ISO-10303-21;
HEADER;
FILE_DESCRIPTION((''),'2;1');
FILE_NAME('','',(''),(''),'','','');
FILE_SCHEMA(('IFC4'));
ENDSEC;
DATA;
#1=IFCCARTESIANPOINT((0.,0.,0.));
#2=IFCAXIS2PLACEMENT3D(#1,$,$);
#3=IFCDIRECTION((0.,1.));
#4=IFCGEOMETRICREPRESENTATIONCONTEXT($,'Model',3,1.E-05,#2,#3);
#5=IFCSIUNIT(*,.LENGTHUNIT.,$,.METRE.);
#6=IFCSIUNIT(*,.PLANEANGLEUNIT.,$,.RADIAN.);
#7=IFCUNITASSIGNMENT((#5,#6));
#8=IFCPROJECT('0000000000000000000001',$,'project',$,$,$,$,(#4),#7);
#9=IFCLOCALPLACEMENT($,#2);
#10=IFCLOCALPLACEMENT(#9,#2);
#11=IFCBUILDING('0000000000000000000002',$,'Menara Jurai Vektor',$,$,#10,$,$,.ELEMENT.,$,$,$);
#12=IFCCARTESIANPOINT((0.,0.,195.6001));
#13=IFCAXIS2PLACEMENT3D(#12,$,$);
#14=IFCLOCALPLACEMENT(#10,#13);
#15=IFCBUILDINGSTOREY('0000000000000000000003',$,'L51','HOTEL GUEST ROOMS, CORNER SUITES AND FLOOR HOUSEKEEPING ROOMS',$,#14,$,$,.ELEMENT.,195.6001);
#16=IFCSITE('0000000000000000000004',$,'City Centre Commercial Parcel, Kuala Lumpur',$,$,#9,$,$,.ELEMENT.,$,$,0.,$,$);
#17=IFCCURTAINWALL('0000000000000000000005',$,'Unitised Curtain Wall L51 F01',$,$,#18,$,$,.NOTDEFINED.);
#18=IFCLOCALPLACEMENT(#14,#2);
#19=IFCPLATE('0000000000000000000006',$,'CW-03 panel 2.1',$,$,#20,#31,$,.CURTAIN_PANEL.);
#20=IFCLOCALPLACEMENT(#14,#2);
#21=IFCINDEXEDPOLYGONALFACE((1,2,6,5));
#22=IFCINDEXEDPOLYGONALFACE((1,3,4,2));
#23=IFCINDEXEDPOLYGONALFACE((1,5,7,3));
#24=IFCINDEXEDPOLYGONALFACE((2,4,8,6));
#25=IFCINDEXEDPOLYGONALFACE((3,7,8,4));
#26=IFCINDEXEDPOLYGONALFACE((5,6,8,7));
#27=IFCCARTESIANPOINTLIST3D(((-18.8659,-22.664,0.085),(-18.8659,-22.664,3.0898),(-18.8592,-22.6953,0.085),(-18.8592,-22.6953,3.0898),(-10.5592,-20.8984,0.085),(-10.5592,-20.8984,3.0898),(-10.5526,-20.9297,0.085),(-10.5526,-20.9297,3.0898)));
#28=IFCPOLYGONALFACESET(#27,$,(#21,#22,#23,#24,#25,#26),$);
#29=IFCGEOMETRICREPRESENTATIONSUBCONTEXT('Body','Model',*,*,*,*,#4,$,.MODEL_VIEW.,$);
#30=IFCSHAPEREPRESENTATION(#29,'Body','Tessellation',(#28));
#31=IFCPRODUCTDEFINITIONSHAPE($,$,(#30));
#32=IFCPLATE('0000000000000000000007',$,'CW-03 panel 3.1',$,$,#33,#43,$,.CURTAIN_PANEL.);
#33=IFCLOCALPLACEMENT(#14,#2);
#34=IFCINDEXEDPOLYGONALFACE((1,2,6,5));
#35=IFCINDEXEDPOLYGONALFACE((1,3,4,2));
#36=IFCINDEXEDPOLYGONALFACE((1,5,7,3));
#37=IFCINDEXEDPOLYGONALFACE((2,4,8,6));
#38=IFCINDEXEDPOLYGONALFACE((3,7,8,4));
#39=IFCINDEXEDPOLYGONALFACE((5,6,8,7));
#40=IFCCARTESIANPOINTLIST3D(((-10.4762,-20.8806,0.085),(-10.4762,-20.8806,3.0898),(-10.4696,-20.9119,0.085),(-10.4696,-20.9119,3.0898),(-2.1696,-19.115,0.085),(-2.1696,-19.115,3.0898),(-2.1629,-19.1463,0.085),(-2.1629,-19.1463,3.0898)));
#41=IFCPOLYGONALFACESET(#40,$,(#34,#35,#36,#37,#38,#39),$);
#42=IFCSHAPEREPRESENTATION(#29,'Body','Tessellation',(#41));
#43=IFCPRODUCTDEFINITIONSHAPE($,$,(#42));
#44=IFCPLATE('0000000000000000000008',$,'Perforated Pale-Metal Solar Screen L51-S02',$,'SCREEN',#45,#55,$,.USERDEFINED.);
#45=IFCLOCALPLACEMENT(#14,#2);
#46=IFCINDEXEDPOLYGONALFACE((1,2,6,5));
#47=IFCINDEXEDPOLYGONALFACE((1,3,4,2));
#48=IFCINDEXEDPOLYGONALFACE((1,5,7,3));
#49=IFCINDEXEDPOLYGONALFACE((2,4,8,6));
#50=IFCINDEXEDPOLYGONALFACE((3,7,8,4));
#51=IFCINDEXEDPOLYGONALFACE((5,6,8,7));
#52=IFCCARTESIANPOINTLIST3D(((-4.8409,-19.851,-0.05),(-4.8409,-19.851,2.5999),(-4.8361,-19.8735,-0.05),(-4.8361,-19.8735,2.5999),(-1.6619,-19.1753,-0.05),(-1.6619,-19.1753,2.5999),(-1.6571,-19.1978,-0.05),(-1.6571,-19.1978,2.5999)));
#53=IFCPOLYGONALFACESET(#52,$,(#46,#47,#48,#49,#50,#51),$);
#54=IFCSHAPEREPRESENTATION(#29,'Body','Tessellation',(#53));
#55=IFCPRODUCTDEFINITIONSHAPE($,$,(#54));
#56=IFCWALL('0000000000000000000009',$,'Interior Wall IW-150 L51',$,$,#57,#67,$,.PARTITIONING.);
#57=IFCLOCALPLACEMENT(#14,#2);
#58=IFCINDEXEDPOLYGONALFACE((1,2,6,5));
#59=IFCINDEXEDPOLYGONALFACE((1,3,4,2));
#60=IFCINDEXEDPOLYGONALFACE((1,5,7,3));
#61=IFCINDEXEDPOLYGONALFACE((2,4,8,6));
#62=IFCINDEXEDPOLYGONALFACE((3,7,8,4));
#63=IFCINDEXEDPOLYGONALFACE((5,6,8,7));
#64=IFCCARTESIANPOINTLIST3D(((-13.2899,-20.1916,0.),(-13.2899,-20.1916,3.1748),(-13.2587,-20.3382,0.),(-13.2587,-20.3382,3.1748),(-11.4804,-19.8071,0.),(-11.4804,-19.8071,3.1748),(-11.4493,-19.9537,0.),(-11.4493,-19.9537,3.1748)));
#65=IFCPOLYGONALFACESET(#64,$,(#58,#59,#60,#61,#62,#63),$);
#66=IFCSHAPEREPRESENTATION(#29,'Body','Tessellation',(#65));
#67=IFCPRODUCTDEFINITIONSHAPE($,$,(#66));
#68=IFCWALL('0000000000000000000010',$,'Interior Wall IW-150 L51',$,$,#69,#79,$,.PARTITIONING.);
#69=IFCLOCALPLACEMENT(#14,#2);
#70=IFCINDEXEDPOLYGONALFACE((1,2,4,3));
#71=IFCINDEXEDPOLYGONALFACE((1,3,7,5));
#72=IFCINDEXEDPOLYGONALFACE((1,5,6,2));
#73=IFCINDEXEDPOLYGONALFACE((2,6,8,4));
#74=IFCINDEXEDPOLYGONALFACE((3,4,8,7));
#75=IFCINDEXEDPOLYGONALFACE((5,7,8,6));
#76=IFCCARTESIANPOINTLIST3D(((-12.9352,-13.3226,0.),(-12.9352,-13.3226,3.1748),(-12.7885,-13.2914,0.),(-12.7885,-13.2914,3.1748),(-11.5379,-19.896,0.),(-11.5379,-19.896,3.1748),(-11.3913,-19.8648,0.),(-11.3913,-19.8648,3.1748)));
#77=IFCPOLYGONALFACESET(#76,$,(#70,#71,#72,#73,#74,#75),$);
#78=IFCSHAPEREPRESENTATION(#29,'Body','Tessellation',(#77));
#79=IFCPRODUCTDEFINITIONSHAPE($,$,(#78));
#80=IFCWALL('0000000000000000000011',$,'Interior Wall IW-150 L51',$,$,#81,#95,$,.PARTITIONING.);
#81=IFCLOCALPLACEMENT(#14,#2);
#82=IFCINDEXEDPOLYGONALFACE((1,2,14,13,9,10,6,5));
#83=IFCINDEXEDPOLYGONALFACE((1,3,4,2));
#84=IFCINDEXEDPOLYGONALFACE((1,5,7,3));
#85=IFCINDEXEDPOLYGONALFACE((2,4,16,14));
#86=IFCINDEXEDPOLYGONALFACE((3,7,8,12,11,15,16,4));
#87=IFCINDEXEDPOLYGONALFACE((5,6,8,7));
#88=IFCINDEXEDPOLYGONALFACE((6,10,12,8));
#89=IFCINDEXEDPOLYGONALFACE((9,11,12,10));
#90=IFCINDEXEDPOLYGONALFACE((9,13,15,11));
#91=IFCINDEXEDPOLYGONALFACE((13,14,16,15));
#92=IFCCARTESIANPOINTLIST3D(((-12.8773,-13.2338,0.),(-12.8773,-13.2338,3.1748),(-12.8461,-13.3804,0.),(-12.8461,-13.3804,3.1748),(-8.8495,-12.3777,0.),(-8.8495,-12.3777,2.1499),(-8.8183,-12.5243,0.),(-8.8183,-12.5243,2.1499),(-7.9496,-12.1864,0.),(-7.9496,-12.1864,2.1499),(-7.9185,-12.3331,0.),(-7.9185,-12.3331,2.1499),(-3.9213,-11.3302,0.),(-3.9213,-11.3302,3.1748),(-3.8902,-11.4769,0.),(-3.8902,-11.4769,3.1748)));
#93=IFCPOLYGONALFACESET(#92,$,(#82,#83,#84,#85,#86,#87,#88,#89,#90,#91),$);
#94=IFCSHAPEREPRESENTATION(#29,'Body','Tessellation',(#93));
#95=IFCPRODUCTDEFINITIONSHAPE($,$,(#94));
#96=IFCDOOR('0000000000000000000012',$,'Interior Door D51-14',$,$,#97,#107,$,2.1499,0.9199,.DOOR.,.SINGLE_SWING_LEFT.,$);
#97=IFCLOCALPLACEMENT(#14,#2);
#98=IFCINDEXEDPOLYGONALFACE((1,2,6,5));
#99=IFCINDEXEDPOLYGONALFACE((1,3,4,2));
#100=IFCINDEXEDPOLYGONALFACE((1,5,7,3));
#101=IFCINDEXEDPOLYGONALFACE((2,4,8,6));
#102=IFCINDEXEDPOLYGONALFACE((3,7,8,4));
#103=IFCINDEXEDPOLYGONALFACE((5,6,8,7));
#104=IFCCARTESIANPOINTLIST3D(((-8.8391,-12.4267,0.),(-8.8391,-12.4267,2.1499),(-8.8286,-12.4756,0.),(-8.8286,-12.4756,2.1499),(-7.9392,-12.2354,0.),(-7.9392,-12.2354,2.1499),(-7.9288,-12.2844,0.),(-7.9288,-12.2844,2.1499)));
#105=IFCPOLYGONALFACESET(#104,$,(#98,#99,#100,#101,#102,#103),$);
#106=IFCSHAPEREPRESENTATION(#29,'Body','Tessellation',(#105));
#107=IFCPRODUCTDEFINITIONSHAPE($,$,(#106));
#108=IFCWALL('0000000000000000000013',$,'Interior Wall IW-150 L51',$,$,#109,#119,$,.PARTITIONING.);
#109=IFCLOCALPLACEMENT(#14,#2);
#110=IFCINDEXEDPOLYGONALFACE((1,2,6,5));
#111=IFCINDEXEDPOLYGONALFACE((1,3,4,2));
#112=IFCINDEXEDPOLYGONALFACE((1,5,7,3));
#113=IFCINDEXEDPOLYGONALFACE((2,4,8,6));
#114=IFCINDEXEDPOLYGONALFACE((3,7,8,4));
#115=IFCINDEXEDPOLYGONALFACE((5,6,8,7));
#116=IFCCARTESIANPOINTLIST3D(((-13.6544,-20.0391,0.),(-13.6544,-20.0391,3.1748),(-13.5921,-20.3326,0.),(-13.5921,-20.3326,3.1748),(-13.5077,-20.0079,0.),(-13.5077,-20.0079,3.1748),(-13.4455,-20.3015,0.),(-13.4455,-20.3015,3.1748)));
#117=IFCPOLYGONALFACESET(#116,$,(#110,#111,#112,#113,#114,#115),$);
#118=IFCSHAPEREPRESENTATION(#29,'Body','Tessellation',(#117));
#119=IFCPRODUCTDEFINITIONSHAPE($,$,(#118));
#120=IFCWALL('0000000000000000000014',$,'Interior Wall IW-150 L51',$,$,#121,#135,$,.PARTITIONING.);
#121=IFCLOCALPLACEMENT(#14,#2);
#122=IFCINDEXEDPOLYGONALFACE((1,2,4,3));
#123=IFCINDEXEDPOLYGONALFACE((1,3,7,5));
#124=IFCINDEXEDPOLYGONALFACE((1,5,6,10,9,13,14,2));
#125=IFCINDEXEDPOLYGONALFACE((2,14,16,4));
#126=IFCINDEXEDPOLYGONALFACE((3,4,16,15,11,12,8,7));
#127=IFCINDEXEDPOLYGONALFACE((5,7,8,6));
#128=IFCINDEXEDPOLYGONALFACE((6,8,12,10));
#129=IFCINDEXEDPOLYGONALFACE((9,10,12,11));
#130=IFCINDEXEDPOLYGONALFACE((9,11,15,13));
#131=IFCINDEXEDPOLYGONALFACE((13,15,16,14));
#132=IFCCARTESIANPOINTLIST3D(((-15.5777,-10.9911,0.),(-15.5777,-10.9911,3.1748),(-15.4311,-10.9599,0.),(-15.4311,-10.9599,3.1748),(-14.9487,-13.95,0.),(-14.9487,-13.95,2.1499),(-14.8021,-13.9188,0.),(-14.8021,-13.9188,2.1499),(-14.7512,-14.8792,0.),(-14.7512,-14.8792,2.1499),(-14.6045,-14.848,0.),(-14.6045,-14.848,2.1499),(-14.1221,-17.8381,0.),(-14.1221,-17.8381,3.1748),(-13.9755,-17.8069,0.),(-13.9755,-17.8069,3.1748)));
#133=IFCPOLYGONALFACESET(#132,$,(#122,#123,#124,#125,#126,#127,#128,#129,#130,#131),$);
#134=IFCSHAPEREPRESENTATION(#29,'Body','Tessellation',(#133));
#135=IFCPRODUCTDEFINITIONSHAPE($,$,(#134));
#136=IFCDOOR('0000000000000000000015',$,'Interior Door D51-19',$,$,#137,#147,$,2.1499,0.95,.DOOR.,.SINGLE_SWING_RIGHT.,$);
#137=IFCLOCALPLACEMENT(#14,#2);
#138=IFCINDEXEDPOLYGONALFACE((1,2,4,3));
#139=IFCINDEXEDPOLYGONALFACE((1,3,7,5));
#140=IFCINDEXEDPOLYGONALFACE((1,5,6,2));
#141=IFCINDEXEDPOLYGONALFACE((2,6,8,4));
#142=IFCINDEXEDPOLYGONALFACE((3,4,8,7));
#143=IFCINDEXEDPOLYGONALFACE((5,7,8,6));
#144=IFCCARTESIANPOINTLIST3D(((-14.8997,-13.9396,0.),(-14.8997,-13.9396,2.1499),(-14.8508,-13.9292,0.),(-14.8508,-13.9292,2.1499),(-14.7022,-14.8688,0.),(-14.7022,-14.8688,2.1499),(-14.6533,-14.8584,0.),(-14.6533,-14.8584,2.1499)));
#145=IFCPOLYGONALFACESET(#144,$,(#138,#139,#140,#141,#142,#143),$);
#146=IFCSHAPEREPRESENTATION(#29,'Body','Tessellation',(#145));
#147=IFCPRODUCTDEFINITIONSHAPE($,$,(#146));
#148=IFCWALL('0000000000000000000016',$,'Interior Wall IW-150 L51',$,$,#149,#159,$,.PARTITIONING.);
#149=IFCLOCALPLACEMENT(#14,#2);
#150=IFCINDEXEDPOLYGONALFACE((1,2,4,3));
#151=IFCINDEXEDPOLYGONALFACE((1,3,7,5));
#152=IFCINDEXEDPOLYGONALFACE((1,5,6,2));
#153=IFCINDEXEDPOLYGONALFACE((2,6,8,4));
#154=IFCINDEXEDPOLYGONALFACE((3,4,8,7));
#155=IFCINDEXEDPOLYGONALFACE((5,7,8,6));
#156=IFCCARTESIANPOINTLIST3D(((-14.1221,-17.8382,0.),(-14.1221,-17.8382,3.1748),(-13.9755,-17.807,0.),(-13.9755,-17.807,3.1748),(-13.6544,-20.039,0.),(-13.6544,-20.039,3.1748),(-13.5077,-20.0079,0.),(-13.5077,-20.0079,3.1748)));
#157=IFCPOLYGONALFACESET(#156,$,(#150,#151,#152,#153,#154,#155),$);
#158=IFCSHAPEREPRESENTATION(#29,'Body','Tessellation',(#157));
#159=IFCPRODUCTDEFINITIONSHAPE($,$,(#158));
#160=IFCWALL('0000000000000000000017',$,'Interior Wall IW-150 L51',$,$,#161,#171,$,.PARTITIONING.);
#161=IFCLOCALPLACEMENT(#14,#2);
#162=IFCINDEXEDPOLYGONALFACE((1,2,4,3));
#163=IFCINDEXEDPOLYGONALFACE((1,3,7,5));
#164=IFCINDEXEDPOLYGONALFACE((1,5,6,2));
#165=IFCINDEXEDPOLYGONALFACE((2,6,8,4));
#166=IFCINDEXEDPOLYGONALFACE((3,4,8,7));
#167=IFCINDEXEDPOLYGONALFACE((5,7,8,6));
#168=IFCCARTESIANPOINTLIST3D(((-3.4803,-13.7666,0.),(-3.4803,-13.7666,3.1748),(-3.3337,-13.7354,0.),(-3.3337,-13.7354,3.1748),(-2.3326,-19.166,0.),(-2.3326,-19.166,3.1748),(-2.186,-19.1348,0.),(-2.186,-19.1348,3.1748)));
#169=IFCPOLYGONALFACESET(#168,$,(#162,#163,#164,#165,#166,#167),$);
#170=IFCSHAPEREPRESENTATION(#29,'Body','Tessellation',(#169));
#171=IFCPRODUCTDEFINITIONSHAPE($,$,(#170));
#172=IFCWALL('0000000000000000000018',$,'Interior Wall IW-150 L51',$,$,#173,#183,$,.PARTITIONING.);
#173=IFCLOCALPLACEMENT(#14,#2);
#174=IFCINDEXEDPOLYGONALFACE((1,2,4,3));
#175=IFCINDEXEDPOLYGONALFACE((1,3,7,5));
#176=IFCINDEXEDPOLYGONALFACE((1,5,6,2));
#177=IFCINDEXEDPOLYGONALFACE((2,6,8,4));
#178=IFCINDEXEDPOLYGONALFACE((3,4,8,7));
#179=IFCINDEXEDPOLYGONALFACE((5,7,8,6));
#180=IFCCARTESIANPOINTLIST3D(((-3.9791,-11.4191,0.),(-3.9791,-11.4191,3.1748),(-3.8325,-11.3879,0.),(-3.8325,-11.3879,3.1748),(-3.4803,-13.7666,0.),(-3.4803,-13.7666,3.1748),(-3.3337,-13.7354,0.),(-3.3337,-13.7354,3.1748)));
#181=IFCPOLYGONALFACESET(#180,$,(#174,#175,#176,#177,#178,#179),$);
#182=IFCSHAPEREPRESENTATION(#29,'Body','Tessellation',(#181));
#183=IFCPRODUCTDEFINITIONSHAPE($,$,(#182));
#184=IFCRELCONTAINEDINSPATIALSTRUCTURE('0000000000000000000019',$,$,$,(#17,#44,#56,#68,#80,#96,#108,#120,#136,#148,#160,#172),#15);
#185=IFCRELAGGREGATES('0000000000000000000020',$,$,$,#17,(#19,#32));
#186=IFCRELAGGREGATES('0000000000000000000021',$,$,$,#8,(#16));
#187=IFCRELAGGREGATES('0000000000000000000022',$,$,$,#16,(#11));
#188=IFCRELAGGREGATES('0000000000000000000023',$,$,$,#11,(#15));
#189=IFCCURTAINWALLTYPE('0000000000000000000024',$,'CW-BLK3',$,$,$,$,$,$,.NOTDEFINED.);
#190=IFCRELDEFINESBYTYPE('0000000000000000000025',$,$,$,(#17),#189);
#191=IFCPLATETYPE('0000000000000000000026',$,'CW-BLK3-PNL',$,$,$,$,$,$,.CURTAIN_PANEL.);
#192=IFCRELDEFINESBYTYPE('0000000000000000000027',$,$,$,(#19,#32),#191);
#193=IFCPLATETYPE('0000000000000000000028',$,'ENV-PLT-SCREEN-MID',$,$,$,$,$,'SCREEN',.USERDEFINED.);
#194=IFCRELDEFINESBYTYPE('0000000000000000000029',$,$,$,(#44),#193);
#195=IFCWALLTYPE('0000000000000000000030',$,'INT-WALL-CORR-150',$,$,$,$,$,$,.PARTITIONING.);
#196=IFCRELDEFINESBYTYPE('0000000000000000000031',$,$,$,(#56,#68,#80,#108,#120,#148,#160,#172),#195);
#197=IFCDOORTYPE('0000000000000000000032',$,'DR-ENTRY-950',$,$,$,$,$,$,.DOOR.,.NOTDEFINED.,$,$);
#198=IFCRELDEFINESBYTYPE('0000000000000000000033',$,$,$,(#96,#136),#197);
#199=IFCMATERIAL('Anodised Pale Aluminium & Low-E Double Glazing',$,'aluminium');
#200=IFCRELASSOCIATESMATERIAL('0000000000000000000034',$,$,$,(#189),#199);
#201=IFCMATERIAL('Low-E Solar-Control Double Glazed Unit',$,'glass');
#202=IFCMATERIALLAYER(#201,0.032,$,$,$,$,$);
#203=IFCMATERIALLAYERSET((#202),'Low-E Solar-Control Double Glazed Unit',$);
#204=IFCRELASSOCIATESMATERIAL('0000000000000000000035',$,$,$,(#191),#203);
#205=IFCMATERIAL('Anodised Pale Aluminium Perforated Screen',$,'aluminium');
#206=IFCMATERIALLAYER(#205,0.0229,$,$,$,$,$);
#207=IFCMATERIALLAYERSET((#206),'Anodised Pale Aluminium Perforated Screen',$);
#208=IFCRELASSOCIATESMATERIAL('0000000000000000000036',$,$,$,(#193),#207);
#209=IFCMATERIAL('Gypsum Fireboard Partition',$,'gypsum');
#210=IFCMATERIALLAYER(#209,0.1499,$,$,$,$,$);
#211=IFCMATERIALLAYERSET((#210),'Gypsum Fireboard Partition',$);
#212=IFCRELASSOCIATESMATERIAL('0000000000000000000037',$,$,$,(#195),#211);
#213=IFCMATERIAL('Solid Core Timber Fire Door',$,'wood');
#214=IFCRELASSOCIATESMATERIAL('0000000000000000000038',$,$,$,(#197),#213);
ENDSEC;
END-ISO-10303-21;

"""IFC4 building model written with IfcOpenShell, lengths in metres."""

from ifc_helpers import new_model, si_unit, direction, frame, frame_2d, origin, origin_2d, place, context, subcontext, project, spatial, rectangle, extrude, material, layer, layer_set, type_object, element, fill, aggregate, save


model = new_model("IFC4")

# Units and contexts
model_context = context("Model", 3, precision=1e-05, world=origin(), true_north=direction((0.0, 1.0)))
body_context = subcontext(model_context, "Body", "Model", "MODEL_VIEW")
ifc_project = project(units=[si_unit("LENGTHUNIT", "METRE"), si_unit("PLANEANGLEUNIT", "RADIAN")], contexts=[model_context])

# Site, building, storey
site_placement = place(None, origin())
site = spatial("IfcSite", under=ifc_project, at=site_placement, Name="City Centre Commercial Parcel, Kuala Lumpur", CompositionType="ELEMENT", RefElevation=0.0)
building_placement = place(site_placement, origin())
building = spatial("IfcBuilding", under=site, at=building_placement, Name="Menara Jurai Vektor", CompositionType="ELEMENT")
storey_placement = place(building_placement, frame((0.0, 0.0, 195.6001)))
storey = spatial("IfcBuildingStorey", under=building, at=storey_placement, Name="L51", Description="HOTEL GUEST ROOMS, CORNER SUITES AND FLOOR HOUSEKEEPING ROOMS", CompositionType="ELEMENT", Elevation=195.6001)

# Curtain wall
ifc_material_1 = material(Name="Anodised Pale Aluminium & Low-E Double Glazing", Category="aluminium")
curtain_wall_type = type_object("IfcCurtainWallType", Name="CW-BLK3", PredefinedType="NOTDEFINED", material=ifc_material_1)
curtain_wall_placement = place(storey_placement, origin())
curtain_wall = element("IfcCurtainWall", 1, at=curtain_wall_placement, inside=storey, type_object=curtain_wall_type, Name="Unitised Curtain Wall L51 F01", PredefinedType="NOTDEFINED")

# Plates
ifc_material_2 = material(Name="Low-E Solar-Control Double Glazed Unit", Category="glass")
ifc_layer_1 = layer(ifc_material_2, 0.032)
ifc_layer_set_1 = layer_set([ifc_layer_1], Name="Low-E Solar-Control Double Glazed Unit")
plate_type_1 = type_object("IfcPlateType", Name="CW-BLK3-PNL", PredefinedType="CURTAIN_PANEL", material=ifc_layer_set_1)
plate_1_placement = place(storey_placement, frame((-14.7092, -21.7969, 0.085), z_axis=(0.0, 0.0, 1.0), x_axis=(0.978148, 0.207911, 0.0)))
plate_1 = element("IfcPlate", 2, at=plate_1_placement, type_object=plate_type_1, Name="CW-03 panel 2.1", PredefinedType="CURTAIN_PANEL", context=body_context, shape_type="SweptSolid", body=[
    extrude(rectangle(XDim=8.4922, YDim=0.032, at=origin_2d()), origin(), (0.0, 0.0, 1.0), 3.0049),
])
plate_2_placement = place(storey_placement, frame((-6.3196, -20.0134, 0.085), z_axis=(0.0, 0.0, 1.0), x_axis=(0.978148, 0.207911, 0.0)))
plate_2 = element("IfcPlate", 3, at=plate_2_placement, type_object=plate_type_1, Name="CW-03 panel 3.1", PredefinedType="CURTAIN_PANEL", context=body_context, shape_type="SweptSolid", body=[
    extrude(rectangle(XDim=8.4922, YDim=0.032, at=origin_2d()), origin(), (0.0, 0.0, 1.0), 3.0049),
])
aggregate(curtain_wall, [plate_1, plate_2])
ifc_material_3 = material(Name="Anodised Pale Aluminium Perforated Screen", Category="aluminium")
ifc_layer_2 = layer(ifc_material_3, 0.0229)
ifc_layer_set_2 = layer_set([ifc_layer_2], Name="Anodised Pale Aluminium Perforated Screen")
plate_type_2 = type_object("IfcPlateType", Name="ENV-PLT-SCREEN-MID", ElementType="SCREEN", PredefinedType="USERDEFINED", material=ifc_layer_set_2)
plate_3_placement = place(storey_placement, frame((-3.249, -19.5244, -0.05), z_axis=(0.0, 0.0, 1.0), x_axis=(0.978148, 0.207912, 0.0)))
element("IfcPlate", 4, at=plate_3_placement, inside=storey, type_object=plate_type_2, Name="Perforated Pale-Metal Solar Screen L51-S02", ObjectType="SCREEN", PredefinedType="USERDEFINED", context=body_context, shape_type="SweptSolid", body=[
    extrude(rectangle(XDim=3.25, YDim=0.0229, at=origin_2d()), origin(), (0.0, 0.0, 1.0), 2.6499),
])

# Walls
ifc_material_4 = material(Name="Gypsum Fireboard Partition", Category="gypsum")
ifc_layer_3 = layer(ifc_material_4, 0.1499)
ifc_layer_set_3 = layer_set([ifc_layer_3], Name="Gypsum Fireboard Partition")
wall_type = type_object("IfcWallType", Name="INT-WALL-CORR-150", PredefinedType="PARTITIONING", material=ifc_layer_set_3)
wall_1_placement = place(storey_placement, frame((-13.2742, -20.2649, 0.0), z_axis=(0.0, 0.0, 1.0), x_axis=(0.97816, 0.207852, 0.0)))
element("IfcWall", 5, at=wall_1_placement, inside=storey, type_object=wall_type, Name="Interior Wall IW-150 L51", PredefinedType="PARTITIONING", context=body_context, shape_type="SweptSolid", body=[
    extrude(rectangle(XDim=1.8499, YDim=0.1499, at=frame_2d((0.9248, 0.0))), origin(), (0.0, 0.0, 1.0), 3.1748),
])
wall_2_placement = place(storey_placement, frame((-11.4646, -19.8804, 0.0), z_axis=(0.0, 0.0, 1.0), x_axis=(-0.207916, 0.978147, 0.0)))
element("IfcWall", 6, at=wall_2_placement, inside=storey, type_object=wall_type, Name="Interior Wall IW-150 L51", PredefinedType="PARTITIONING", context=body_context, shape_type="SweptSolid", body=[
    extrude(rectangle(XDim=6.7202, YDim=0.1499, at=frame_2d((3.3601, 0.0))), origin(), (0.0, 0.0, 1.0), 3.1748),
])

# Wall, opening, door
wall_3_placement = place(storey_placement, frame((-12.8618, -13.3071, 0.0), z_axis=(0.0, 0.0, 1.0), x_axis=(0.97815, 0.207901, 0.0)))
wall_3 = element("IfcWall", 7, at=wall_3_placement, inside=storey, type_object=wall_type, Name="Interior Wall IW-150 L51", PredefinedType="PARTITIONING", context=body_context, shape_type="SweptSolid", body=[
    extrude(rectangle(XDim=9.156, YDim=0.1499, at=frame_2d((4.5781, 0.0))), origin(), (0.0, 0.0, 1.0), 3.1748),
])
opening_1_placement = place(wall_3_placement, frame((4.1179, 0.0, 0.0)))
opening_1 = element("IfcOpeningElement", 8, at=opening_1_placement, cuts=wall_3, PredefinedType="OPENING", context=body_context, shape_type="SweptSolid", body=[
    extrude(rectangle(XDim=0.9199, YDim=2.1499, at=frame_2d((0.46, 1.075))), frame((0.0, 0.085, 0.0), z_axis=(0.0, -1.0, 0.0), x_axis=(1.0, 0.0, 0.0)), (0.0, 0.0, 1.0), 0.1699),
])
ifc_material_5 = material(Name="Solid Core Timber Fire Door", Category="wood")
door_type_1 = type_object("IfcDoorType", Name="DR-ENTRY-950", OperationType="NOTDEFINED", PredefinedType="DOOR", material=ifc_material_5)
door_1_placement = place(opening_1_placement, origin())
door_1 = element("IfcDoor", 9, at=door_1_placement, inside=storey, type_object=door_type_1, Name="Interior Door D51-14", OperationType="SINGLE_SWING_LEFT", OverallHeight=2.1499, OverallWidth=0.9199, PredefinedType="DOOR", context=body_context, shape_type="SweptSolid", body=[
    extrude(rectangle(XDim=0.9199, YDim=2.1499, at=frame_2d((0.46, 1.075))), frame((0.0, 0.0249, 0.0), z_axis=(0.0, -1.0, 0.0), x_axis=(1.0, 0.0, 0.0)), (0.0, 0.0, 1.0), 0.05),
])
fill(opening_1, door_1)

# Wall
wall_4_placement = place(storey_placement, frame((-13.5188, -20.3169, 0.0), z_axis=(0.0, 0.0, 1.0), x_axis=(-0.207528, 0.978229, 0.0)))
element("IfcWall", 10, at=wall_4_placement, inside=storey, type_object=wall_type, Name="Interior Wall IW-150 L51", PredefinedType="PARTITIONING", context=body_context, shape_type="SweptSolid", body=[
    extrude(rectangle(XDim=0.3, YDim=0.1499, at=frame_2d((0.1499, 0.0))), origin(), (0.0, 0.0, 1.0), 3.1748),
])

# Wall, opening, door
wall_5_placement = place(storey_placement, frame((-14.0488, -17.8225, 0.0), z_axis=(0.0, 0.0, 1.0), x_axis=(-0.20794, 0.978142, 0.0)))
wall_5 = element("IfcWall", 11, at=wall_5_placement, inside=storey, type_object=wall_type, Name="Interior Wall IW-150 L51", PredefinedType="PARTITIONING", context=body_context, shape_type="SweptSolid", body=[
    extrude(rectangle(XDim=7.0, YDim=0.1499, at=frame_2d((3.5, 0.0))), origin(), (0.0, 0.0, 1.0), 3.1748),
])
opening_2_placement = place(wall_5_placement, frame((3.0249, 0.0, 0.0)))
opening_2 = element("IfcOpeningElement", 12, at=opening_2_placement, cuts=wall_5, PredefinedType="OPENING", context=body_context, shape_type="SweptSolid", body=[
    extrude(rectangle(XDim=0.95, YDim=2.1499, at=frame_2d((0.4751, 1.075))), frame((0.0, 0.085, 0.0), z_axis=(0.0, -1.0, 0.0), x_axis=(1.0, 0.0, 0.0)), (0.0, 0.0, 1.0), 0.1699),
])
door_2_placement = place(opening_2_placement, origin())
door_2 = element("IfcDoor", 13, at=door_2_placement, inside=storey, type_object=door_type_1, Name="Interior Door D51-19", OperationType="SINGLE_SWING_RIGHT", OverallHeight=2.1499, OverallWidth=0.95, PredefinedType="DOOR", context=body_context, shape_type="SweptSolid", body=[
    extrude(rectangle(XDim=0.95, YDim=2.1499, at=frame_2d((0.4751, 1.075))), frame((0.0, 0.0249, 0.0), z_axis=(0.0, -1.0, 0.0), x_axis=(1.0, 0.0, 0.0)), (0.0, 0.0, 1.0), 0.05),
])
fill(opening_2, door_2)

# Walls
wall_6_placement = place(storey_placement, frame((-13.5811, -20.0234, 0.0), z_axis=(0.0, 0.0, 1.0), x_axis=(-0.207891, 0.978152, 0.0)))
element("IfcWall", 14, at=wall_6_placement, inside=storey, type_object=wall_type, Name="Interior Wall IW-150 L51", PredefinedType="PARTITIONING", context=body_context, shape_type="SweptSolid", body=[
    extrude(rectangle(XDim=2.25, YDim=0.1499, at=frame_2d((1.125, 0.0))), origin(), (0.0, 0.0, 1.0), 3.1748),
])
wall_7_placement = place(storey_placement, frame((-2.2593, -19.1504, 0.0), z_axis=(0.0, 0.0, 1.0), x_axis=(-0.207916, 0.978147, 0.0)))
element("IfcWall", 15, at=wall_7_placement, inside=storey, type_object=wall_type, Name="Interior Wall IW-150 L51", PredefinedType="PARTITIONING", context=body_context, shape_type="SweptSolid", body=[
    extrude(rectangle(XDim=5.52, YDim=0.1499, at=frame_2d((2.76, 0.0))), origin(), (0.0, 0.0, 1.0), 3.1748),
])
wall_8_placement = place(storey_placement, frame((-3.407, -13.751, 0.0), z_axis=(0.0, 0.0, 1.0), x_axis=(-0.207841, 0.978163, 0.0)))
element("IfcWall", 16, at=wall_8_placement, inside=storey, type_object=wall_type, Name="Interior Wall IW-150 L51", PredefinedType="PARTITIONING", context=body_context, shape_type="SweptSolid", body=[
    extrude(rectangle(XDim=2.3999, YDim=0.1499, at=frame_2d((1.2, 0.0))), origin(), (0.0, 0.0, 1.0), 3.1748),
])

save(model, "model.ifc")
